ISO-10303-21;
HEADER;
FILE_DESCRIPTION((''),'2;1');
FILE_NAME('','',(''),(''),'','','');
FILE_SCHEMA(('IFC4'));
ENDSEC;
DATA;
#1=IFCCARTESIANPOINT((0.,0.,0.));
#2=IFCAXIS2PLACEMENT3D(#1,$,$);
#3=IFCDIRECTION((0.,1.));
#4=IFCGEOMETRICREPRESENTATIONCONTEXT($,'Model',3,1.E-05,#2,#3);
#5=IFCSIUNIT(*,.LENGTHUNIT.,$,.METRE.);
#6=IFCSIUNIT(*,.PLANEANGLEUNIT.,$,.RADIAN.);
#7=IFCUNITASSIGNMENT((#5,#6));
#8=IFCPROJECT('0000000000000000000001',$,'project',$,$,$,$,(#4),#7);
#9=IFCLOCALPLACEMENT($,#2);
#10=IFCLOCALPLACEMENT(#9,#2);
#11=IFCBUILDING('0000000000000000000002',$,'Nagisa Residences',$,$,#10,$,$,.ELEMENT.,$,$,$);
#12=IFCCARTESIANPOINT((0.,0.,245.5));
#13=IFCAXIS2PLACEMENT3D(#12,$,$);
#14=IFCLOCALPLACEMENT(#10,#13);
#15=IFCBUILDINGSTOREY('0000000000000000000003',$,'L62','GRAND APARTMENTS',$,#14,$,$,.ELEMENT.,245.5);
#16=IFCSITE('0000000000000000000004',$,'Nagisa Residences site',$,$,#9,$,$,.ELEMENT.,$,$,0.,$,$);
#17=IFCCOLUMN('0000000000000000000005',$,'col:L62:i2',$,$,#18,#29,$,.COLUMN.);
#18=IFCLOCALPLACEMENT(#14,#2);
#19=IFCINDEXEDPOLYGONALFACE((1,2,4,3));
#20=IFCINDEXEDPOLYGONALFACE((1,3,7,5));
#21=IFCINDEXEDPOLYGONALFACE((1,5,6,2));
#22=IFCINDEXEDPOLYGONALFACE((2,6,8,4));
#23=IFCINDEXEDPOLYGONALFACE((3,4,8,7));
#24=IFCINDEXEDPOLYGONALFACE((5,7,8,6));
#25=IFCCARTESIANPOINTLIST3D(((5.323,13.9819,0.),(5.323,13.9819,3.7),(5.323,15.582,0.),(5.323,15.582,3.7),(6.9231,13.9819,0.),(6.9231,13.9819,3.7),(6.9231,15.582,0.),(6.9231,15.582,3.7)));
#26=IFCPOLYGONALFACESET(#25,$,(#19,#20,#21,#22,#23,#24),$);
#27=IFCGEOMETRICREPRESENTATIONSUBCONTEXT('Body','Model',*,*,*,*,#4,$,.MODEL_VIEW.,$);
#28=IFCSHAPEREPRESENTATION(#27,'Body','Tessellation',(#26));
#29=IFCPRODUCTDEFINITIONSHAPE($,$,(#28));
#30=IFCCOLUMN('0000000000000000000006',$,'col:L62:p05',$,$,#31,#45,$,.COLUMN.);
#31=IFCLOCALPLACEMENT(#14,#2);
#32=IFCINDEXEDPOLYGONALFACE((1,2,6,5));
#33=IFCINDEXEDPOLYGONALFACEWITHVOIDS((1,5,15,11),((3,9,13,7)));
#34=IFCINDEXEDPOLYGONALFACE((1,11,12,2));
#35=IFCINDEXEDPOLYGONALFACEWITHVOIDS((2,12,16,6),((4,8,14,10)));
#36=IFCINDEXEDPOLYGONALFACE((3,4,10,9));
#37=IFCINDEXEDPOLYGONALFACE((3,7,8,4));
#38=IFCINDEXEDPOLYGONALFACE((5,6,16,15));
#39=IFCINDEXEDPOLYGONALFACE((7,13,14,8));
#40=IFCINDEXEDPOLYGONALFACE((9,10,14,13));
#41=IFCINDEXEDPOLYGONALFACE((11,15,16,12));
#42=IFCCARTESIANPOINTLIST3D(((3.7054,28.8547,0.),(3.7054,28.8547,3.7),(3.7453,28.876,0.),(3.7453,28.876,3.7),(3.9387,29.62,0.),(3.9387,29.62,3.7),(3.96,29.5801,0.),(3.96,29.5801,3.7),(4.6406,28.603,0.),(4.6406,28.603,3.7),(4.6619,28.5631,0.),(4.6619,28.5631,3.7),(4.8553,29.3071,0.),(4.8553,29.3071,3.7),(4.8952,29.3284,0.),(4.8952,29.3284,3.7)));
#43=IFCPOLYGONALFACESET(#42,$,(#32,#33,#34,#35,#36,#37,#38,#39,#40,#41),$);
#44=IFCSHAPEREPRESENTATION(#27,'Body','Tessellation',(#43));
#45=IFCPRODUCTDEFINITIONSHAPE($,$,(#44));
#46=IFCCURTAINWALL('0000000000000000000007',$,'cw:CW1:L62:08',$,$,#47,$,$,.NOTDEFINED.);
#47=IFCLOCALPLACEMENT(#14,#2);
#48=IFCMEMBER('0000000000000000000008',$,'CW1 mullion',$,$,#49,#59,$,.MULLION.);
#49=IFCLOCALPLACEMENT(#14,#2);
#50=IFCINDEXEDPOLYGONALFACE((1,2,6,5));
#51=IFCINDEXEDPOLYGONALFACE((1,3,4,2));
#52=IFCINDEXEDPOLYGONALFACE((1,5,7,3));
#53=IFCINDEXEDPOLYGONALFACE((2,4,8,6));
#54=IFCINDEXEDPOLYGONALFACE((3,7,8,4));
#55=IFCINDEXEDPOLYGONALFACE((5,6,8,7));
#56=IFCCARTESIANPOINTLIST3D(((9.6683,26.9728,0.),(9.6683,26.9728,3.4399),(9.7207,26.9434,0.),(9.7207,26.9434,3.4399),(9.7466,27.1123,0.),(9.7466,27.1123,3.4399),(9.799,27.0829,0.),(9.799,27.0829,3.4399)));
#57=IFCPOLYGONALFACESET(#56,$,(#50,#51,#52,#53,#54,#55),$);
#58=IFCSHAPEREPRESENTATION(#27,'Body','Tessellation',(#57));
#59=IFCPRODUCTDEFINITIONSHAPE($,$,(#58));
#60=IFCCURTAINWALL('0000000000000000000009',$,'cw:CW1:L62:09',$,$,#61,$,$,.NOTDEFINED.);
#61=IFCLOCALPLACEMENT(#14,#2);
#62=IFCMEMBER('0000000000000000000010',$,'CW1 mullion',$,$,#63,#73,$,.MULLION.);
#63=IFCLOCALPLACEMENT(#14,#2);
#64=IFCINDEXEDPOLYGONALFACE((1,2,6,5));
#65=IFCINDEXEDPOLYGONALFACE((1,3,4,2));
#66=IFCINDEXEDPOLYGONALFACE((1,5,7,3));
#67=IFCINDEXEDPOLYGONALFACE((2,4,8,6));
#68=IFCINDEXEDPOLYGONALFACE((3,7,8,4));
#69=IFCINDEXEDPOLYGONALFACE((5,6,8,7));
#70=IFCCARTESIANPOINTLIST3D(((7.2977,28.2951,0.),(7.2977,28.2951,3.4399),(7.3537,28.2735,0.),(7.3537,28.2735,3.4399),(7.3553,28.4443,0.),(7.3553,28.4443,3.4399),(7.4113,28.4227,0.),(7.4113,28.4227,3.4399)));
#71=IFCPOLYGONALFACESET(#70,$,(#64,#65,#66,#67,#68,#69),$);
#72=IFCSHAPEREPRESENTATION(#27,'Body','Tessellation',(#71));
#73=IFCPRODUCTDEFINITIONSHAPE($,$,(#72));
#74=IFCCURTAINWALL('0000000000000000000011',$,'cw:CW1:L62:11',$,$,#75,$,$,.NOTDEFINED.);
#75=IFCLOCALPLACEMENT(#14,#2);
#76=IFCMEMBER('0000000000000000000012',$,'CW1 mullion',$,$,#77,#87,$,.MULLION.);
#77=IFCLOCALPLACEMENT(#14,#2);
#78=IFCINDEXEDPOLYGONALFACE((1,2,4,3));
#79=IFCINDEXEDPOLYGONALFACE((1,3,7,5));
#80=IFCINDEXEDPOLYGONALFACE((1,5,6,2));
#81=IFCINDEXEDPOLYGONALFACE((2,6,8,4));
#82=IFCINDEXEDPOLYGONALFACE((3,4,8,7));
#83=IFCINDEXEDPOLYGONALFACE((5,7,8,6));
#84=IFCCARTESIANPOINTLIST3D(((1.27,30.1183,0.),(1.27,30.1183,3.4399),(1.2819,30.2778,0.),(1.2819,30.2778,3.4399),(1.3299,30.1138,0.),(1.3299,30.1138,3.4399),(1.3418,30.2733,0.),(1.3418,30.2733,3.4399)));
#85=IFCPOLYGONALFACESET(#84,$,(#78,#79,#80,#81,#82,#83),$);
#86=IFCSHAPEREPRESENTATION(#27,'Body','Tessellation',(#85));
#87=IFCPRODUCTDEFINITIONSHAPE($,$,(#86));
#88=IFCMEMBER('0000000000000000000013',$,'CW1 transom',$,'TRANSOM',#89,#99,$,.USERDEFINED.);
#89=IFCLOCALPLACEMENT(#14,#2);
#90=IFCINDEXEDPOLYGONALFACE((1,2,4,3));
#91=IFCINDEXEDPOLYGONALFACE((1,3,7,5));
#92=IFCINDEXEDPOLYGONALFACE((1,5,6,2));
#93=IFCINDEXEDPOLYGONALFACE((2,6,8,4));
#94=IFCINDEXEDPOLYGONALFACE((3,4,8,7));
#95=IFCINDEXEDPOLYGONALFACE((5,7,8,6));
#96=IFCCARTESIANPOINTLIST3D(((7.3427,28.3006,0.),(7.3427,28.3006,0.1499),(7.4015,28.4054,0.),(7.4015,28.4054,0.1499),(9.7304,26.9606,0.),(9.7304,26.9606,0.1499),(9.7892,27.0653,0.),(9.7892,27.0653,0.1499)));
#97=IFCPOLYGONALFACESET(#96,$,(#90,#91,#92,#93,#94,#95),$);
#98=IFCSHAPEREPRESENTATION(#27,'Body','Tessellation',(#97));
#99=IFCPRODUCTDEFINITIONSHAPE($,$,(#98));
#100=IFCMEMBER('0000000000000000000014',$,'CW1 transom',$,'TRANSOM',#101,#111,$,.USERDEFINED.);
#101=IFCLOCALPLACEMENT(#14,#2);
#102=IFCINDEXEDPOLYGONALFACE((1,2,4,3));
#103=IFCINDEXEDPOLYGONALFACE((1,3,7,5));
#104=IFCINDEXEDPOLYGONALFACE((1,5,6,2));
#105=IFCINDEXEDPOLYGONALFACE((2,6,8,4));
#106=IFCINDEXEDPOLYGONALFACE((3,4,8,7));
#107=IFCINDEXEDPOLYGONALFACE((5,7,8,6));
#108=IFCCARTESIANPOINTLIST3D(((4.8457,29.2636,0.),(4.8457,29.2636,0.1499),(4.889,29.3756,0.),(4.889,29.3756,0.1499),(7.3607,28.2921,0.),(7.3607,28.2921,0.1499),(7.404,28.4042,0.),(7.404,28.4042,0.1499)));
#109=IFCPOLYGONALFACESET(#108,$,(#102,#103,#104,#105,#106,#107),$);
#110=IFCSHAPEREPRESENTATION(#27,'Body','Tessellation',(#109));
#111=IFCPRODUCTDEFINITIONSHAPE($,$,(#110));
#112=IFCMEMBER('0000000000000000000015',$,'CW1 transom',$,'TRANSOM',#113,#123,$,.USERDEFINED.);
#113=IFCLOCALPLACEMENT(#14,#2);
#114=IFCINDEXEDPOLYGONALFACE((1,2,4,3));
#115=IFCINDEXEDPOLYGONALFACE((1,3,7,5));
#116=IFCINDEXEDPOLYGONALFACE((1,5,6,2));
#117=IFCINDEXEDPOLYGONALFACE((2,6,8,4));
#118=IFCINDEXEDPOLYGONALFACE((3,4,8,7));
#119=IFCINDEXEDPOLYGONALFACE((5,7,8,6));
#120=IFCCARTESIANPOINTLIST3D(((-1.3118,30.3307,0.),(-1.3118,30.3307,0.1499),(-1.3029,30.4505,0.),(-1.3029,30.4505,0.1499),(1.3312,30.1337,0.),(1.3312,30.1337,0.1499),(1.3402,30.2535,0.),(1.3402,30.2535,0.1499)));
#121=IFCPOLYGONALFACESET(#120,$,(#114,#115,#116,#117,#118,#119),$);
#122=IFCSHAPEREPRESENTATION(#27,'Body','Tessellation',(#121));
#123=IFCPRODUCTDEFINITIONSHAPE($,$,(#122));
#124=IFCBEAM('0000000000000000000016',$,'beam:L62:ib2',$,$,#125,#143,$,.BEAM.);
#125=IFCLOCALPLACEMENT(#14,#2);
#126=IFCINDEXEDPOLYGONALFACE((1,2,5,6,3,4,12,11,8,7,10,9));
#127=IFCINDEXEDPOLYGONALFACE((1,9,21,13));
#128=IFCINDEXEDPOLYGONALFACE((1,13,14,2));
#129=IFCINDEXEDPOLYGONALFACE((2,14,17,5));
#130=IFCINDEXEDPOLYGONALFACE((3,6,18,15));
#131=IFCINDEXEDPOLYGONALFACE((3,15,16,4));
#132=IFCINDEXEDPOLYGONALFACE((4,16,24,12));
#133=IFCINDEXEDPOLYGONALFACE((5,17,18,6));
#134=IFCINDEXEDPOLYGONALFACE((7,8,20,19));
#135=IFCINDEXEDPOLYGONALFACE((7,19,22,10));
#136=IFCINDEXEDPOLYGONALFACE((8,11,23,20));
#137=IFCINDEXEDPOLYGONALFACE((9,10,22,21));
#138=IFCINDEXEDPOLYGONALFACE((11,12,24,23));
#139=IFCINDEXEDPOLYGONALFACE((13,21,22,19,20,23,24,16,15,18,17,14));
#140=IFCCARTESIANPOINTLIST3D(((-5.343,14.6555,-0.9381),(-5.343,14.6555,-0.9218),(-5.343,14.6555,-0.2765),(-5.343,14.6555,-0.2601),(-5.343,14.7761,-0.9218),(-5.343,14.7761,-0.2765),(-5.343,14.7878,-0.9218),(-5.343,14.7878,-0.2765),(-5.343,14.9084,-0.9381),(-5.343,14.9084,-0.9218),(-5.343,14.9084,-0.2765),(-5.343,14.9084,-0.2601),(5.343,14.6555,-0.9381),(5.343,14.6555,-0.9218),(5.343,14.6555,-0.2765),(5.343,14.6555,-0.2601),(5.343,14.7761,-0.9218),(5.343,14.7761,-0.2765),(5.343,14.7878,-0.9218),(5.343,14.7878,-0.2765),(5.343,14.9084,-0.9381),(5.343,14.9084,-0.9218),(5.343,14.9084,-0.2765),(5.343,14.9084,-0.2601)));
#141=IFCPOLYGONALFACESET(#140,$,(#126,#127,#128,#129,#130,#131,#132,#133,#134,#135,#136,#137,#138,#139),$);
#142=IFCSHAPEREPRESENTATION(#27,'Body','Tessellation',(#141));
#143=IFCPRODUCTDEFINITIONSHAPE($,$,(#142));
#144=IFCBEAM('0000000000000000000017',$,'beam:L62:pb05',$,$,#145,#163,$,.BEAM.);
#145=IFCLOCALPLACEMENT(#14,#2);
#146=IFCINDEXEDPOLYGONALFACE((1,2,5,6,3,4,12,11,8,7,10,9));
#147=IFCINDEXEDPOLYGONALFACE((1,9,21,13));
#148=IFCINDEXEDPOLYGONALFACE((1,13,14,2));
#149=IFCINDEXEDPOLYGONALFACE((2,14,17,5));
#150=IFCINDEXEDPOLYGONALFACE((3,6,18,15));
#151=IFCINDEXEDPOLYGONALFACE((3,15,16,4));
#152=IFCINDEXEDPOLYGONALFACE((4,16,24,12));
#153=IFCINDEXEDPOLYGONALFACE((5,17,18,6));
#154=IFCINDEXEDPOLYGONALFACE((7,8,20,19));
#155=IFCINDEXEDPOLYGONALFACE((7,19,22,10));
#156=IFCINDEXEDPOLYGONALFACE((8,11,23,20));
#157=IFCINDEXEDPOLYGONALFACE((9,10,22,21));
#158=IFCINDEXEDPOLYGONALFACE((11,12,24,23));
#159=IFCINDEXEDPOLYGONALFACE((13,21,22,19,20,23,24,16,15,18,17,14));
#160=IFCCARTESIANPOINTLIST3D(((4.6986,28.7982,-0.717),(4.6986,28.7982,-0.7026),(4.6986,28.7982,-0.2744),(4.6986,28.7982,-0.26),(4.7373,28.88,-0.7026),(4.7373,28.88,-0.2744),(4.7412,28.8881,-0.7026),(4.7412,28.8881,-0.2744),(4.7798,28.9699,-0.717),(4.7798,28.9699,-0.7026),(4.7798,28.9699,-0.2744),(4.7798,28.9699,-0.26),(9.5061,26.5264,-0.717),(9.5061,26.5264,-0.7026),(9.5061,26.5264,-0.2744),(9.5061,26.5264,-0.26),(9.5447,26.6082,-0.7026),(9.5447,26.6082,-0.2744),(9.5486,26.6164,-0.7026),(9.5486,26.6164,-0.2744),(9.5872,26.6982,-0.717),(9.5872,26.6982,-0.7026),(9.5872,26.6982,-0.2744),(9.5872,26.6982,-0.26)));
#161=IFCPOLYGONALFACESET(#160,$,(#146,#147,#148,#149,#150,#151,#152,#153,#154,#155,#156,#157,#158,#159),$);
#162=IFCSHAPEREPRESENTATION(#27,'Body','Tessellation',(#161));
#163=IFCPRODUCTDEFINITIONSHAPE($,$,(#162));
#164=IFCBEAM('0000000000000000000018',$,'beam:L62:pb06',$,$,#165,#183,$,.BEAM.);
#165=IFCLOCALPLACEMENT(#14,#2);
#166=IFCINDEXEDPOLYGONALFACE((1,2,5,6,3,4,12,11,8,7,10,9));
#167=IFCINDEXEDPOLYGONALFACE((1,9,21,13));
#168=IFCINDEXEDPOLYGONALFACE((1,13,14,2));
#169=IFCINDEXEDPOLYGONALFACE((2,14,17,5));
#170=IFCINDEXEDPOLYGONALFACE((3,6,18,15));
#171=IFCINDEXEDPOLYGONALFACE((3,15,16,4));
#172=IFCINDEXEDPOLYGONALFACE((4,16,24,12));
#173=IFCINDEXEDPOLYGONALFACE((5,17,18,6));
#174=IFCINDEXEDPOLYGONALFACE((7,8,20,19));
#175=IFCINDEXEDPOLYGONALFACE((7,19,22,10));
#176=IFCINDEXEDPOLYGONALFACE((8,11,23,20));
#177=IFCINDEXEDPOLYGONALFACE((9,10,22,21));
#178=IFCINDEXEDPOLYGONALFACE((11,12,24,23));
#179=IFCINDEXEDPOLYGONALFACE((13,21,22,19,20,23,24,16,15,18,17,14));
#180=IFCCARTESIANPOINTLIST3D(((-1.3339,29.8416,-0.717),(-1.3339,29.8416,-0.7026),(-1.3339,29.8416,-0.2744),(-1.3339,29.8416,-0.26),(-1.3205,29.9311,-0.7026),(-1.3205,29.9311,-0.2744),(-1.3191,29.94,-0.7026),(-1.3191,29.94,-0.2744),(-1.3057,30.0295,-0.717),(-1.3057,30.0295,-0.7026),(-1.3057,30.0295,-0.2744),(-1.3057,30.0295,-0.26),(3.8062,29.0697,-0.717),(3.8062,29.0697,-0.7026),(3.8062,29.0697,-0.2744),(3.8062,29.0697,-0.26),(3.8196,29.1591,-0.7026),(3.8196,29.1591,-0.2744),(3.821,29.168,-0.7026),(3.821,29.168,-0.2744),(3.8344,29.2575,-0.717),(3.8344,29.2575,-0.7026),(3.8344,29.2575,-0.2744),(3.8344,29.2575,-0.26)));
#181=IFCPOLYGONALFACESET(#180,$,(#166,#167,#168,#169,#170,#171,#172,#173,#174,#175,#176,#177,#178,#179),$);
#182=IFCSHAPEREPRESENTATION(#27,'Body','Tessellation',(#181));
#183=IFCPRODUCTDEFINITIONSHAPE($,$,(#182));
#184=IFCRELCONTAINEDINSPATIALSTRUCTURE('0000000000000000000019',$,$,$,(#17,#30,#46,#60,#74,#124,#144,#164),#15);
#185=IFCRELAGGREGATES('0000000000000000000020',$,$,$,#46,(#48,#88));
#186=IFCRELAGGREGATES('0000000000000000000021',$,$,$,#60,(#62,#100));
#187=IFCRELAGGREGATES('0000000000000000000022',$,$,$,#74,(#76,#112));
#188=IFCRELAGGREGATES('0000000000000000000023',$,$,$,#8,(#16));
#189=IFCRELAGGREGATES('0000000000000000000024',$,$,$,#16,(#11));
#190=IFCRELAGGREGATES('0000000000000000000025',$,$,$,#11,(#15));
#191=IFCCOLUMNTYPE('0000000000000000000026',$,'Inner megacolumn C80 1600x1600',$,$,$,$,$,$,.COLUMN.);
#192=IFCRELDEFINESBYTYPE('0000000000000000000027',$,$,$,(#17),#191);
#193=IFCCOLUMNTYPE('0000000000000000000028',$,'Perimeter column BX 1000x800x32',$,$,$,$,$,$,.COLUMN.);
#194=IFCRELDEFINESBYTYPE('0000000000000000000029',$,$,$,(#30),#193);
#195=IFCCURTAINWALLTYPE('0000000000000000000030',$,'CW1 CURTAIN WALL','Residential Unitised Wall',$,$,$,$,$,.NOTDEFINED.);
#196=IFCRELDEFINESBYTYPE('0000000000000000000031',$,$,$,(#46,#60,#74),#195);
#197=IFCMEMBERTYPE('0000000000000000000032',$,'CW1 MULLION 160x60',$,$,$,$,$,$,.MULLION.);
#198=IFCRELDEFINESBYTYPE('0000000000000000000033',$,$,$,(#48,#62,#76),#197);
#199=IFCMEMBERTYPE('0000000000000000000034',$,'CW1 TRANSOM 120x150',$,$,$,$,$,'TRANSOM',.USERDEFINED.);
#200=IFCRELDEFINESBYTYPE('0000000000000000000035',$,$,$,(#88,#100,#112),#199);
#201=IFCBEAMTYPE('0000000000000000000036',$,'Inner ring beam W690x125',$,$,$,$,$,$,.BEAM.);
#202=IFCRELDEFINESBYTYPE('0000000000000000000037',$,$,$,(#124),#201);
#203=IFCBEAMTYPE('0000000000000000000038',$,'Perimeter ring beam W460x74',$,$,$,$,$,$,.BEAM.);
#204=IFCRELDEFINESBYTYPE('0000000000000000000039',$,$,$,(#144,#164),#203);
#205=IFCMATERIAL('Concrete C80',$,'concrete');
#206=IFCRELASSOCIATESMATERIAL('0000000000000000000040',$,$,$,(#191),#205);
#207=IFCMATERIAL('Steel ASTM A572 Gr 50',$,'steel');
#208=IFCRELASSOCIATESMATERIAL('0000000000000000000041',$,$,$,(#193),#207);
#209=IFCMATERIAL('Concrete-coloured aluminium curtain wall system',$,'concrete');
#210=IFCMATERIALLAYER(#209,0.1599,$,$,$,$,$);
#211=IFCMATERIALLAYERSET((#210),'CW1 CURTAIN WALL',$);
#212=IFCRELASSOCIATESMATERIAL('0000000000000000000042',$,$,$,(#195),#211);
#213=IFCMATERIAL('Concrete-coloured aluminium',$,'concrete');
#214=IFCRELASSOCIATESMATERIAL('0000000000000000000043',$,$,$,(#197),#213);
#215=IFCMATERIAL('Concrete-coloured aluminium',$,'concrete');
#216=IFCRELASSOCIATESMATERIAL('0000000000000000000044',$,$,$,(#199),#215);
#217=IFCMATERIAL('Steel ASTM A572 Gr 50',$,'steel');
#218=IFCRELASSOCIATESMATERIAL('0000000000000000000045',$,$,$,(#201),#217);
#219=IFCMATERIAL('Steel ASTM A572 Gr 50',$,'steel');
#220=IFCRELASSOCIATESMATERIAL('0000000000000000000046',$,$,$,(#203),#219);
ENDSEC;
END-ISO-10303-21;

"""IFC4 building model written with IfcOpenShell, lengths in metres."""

from ifc_helpers import new_model, si_unit, direction, frame, origin, origin_2d, place, context, subcontext, project, spatial, rectangle, hollow_rectangle, i_section, extrude, material, layer, layer_set, material_profile, profile_set, type_object, element, aggregate, save


model = new_model("IFC4")

# Units and contexts
model_context = context("Model", 3, precision=1e-05, world=origin(), true_north=direction((0.0, 1.0)))
body_context = subcontext(model_context, "Body", "Model", "MODEL_VIEW")
ifc_project = project(units=[si_unit("LENGTHUNIT", "METRE"), si_unit("PLANEANGLEUNIT", "RADIAN")], contexts=[model_context])

# Site, building, storey
site_placement = place(None, origin())
site = spatial("IfcSite", under=ifc_project, at=site_placement, Name="Nagisa Residences site", CompositionType="ELEMENT", RefElevation=0.0)
building_placement = place(site_placement, origin())
building = spatial("IfcBuilding", under=site, at=building_placement, Name="Nagisa Residences", CompositionType="ELEMENT")
storey_placement = place(building_placement, frame((0.0, 0.0, 245.5)))
storey = spatial("IfcBuildingStorey", under=building, at=storey_placement, Name="L62", Description="GRAND APARTMENTS", CompositionType="ELEMENT", Elevation=245.5)

# Columns
ifc_material_1 = material(Name="Concrete C80", Category="concrete")
ifc_material_profile_1 = material_profile(ifc_material_1, rectangle(XDim=1.6001, YDim=1.6001, at=origin_2d()), Name="C80 1600x1600")
ifc_profile_set_1 = profile_set([ifc_material_profile_1], Name="Concrete C80")
column_type_1 = type_object("IfcColumnType", Name="Inner megacolumn C80 1600x1600", PredefinedType="COLUMN", material=ifc_profile_set_1)
column_1_placement = place(storey_placement, frame((6.123, 14.782, 0.0), z_axis=(0.0, 0.0, 1.0), x_axis=(1.0, 0.0, 0.0)))
element("IfcColumn", 1, at=column_1_placement, inside=storey, type_object=column_type_1, Name="col:L62:i2", PredefinedType="COLUMN", context=body_context, shape_type="SweptSolid", body=[
    extrude(rectangle(XDim=1.6001, YDim=1.6001, at=origin_2d()), origin(), (0.0, 0.0, 1.0), 3.7),
])
ifc_material_2 = material(Name="Steel ASTM A572 Gr 50", Category="steel")
ifc_material_profile_2 = material_profile(ifc_material_2, hollow_rectangle(XDim=1.0, YDim=0.8, WallThickness=0.032, at=origin_2d()), Name="BX 1000x800x32")
ifc_profile_set_2 = profile_set([ifc_material_profile_2], Name="Steel ASTM A572 Gr 50")
column_type_2 = type_object("IfcColumnType", Name="Perimeter column BX 1000x800x32", PredefinedType="COLUMN", material=ifc_profile_set_2)
column_2_placement = place(storey_placement, frame((4.3003, 29.0916, 0.0), z_axis=(0.0, 0.0, 1.0), x_axis=(-0.956525, 0.291652, 0.0)))
element("IfcColumn", 2, at=column_2_placement, inside=storey, type_object=column_type_2, Name="col:L62:p05", PredefinedType="COLUMN", context=body_context, shape_type="SweptSolid", body=[
    extrude(hollow_rectangle(XDim=1.0, YDim=0.8, WallThickness=0.032, at=origin_2d()), origin(), (0.0, 0.0, 1.0), 3.7),
])

# Curtain walls, members
ifc_material_3 = material(Name="Concrete-coloured aluminium curtain wall system", Category="concrete")
ifc_layer_1 = layer(ifc_material_3, 0.1599)
ifc_layer_set_1 = layer_set([ifc_layer_1], Name="CW1 CURTAIN WALL")
curtain_wall_type = type_object("IfcCurtainWallType", Name="CW1 CURTAIN WALL", Description="Residential Unitised Wall", PredefinedType="NOTDEFINED", material=ifc_layer_set_1)
curtain_wall_1_placement = place(storey_placement, origin())
curtain_wall_1 = element("IfcCurtainWall", 3, at=curtain_wall_1_placement, inside=storey, type_object=curtain_wall_type, Name="cw:CW1:L62:08", PredefinedType="NOTDEFINED")
ifc_material_4 = material(Name="Concrete-coloured aluminium", Category="concrete")
ifc_material_profile_3 = material_profile(ifc_material_4, rectangle(XDim=0.1599, YDim=0.0601, at=origin_2d()), Name="CW1 MULLION 160x60")
ifc_profile_set_3 = profile_set([ifc_material_profile_3], Name="Concrete-coloured aluminium")
member_type_1 = type_object("IfcMemberType", Name="CW1 MULLION 160x60", PredefinedType="MULLION", material=ifc_profile_set_3)
member_1_placement = place(storey_placement, frame((9.7336, 27.0278, 0.0), z_axis=(0.0, 0.0, 1.0), x_axis=(-0.489377, -0.872072, 0.0)))
member_1 = element("IfcMember", 4, at=member_1_placement, type_object=member_type_1, Name="CW1 mullion", PredefinedType="MULLION", context=body_context, shape_type="SweptSolid", body=[
    extrude(rectangle(XDim=0.1599, YDim=0.0601, at=origin_2d()), origin(), (0.0, 0.0, 1.0), 3.4399),
])
curtain_wall_2_placement = place(storey_placement, origin())
curtain_wall_2 = element("IfcCurtainWall", 5, at=curtain_wall_2_placement, inside=storey, type_object=curtain_wall_type, Name="cw:CW1:L62:09", PredefinedType="NOTDEFINED")
member_2_placement = place(storey_placement, frame((7.3545, 28.3589, 0.0), z_axis=(0.0, 0.0, 1.0), x_axis=(-0.360328, -0.932826, 0.0)))
member_2 = element("IfcMember", 6, at=member_2_placement, type_object=member_type_1, Name="CW1 mullion", PredefinedType="MULLION", context=body_context, shape_type="SweptSolid", body=[
    extrude(rectangle(XDim=0.1599, YDim=0.0601, at=origin_2d()), origin(), (0.0, 0.0, 1.0), 3.4399),
])
curtain_wall_3_placement = place(storey_placement, origin())
curtain_wall_3 = element("IfcCurtainWall", 7, at=curtain_wall_3_placement, inside=storey, type_object=curtain_wall_type, Name="cw:CW1:L62:11", PredefinedType="NOTDEFINED")
member_3_placement = place(storey_placement, frame((1.3059, 30.1958, 0.0), z_axis=(0.0, 0.0, 1.0), x_axis=(-0.074377, -0.99723, 0.0)))
member_3 = element("IfcMember", 8, at=member_3_placement, type_object=member_type_1, Name="CW1 mullion", PredefinedType="MULLION", context=body_context, shape_type="SweptSolid", body=[
    extrude(rectangle(XDim=0.1599, YDim=0.0601, at=origin_2d()), origin(), (0.0, 0.0, 1.0), 3.4399),
])

# Members
ifc_material_5 = material(Name="Concrete-coloured aluminium", Category="concrete")
ifc_material_profile_4 = material_profile(ifc_material_5, rectangle(XDim=0.1201, YDim=0.1499, at=origin_2d()), Name="CW1 TRANSOM 120x150")
ifc_profile_set_4 = profile_set([ifc_material_profile_4], Name="Concrete-coloured aluminium")
member_type_2 = type_object("IfcMemberType", Name="CW1 TRANSOM 120x150", ElementType="TRANSOM", PredefinedType="USERDEFINED", material=ifc_profile_set_4)
member_4_placement = place(storey_placement, frame((9.7598, 27.0129, 0.075), z_axis=(-0.872042, 0.489431, 0.0), x_axis=(-0.489431, -0.872042, 0.0)))
member_4 = element("IfcMember", 9, at=member_4_placement, type_object=member_type_2, Name="CW1 transom", ObjectType="TRANSOM", PredefinedType="USERDEFINED", context=body_context, shape_type="SweptSolid", body=[
    extrude(rectangle(XDim=0.1201, YDim=0.1499, at=origin_2d()), origin(), (0.0, 0.0, 1.0), 2.738),
])
member_5_placement = place(storey_placement, frame((7.3823, 28.3481, 0.075), z_axis=(-0.932826, 0.360326, 0.0), x_axis=(-0.360326, -0.932826, 0.0)))
member_5 = element("IfcMember", 10, at=member_5_placement, type_object=member_type_2, Name="CW1 transom", ObjectType="TRANSOM", PredefinedType="USERDEFINED", context=body_context, shape_type="SweptSolid", body=[
    extrude(rectangle(XDim=0.1201, YDim=0.1499, at=origin_2d()), origin(), (0.0, 0.0, 1.0), 2.696),
])
member_6_placement = place(storey_placement, frame((1.3357, 30.1936, 0.075), z_axis=(-0.997233, 0.074337, 0.0), x_axis=(-0.074337, -0.997233, 0.0)))
member_6 = element("IfcMember", 11, at=member_6_placement, type_object=member_type_2, Name="CW1 transom", ObjectType="TRANSOM", PredefinedType="USERDEFINED", context=body_context, shape_type="SweptSolid", body=[
    extrude(rectangle(XDim=0.1201, YDim=0.1499, at=origin_2d()), origin(), (0.0, 0.0, 1.0), 2.6504),
])

# Beams
ifc_material_6 = material(Name="Steel ASTM A572 Gr 50", Category="steel")
ifc_material_profile_5 = material_profile(ifc_material_6, i_section(OverallWidth=0.2529, OverallDepth=0.678, WebThickness=0.0117, FlangeThickness=0.0164, at=origin_2d()), Name="W690x125")
ifc_profile_set_5 = profile_set([ifc_material_profile_5], Name="Steel ASTM A572 Gr 50")
beam_type_1 = type_object("IfcBeamType", Name="Inner ring beam W690x125", PredefinedType="BEAM", material=ifc_profile_set_5)
beam_1_placement = place(storey_placement, frame((5.343, 14.782, -0.5991), z_axis=(-1.0, 0.0, 0.0), x_axis=(0.0, -1.0, 0.0)))
element("IfcBeam", 12, at=beam_1_placement, inside=storey, type_object=beam_type_1, Name="beam:L62:ib2", PredefinedType="BEAM", context=body_context, shape_type="SweptSolid", body=[
    extrude(i_section(OverallWidth=0.2529, OverallDepth=0.678, WebThickness=0.0117, FlangeThickness=0.0164, at=origin_2d()), origin(), (0.0, 0.0, 1.0), 10.686),
])
ifc_material_7 = material(Name="Steel ASTM A572 Gr 50", Category="steel")
ifc_material_profile_6 = material_profile(ifc_material_7, i_section(OverallWidth=0.1899, OverallDepth=0.457, WebThickness=0.009, FlangeThickness=0.0144, at=origin_2d()), Name="W460x74")
ifc_profile_set_6 = profile_set([ifc_material_profile_6], Name="Steel ASTM A572 Gr 50")
beam_type_2 = type_object("IfcBeamType", Name="Perimeter ring beam W460x74", PredefinedType="BEAM", material=ifc_profile_set_6)
beam_2_placement = place(storey_placement, frame((9.5466, 26.6123, -0.4885), z_axis=(-0.904134, 0.427249, 0.0), x_axis=(-0.427249, -0.904134, 0.0)))
element("IfcBeam", 13, at=beam_2_placement, inside=storey, type_object=beam_type_2, Name="beam:L62:pb05", PredefinedType="BEAM", context=body_context, shape_type="SweptSolid", body=[
    extrude(i_section(OverallWidth=0.1899, OverallDepth=0.457, WebThickness=0.009, FlangeThickness=0.0144, at=origin_2d()), origin(), (0.0, 0.0, 1.0), 5.3171),
])
beam_3_placement = place(storey_placement, frame((3.8203, 29.1636, -0.4885), z_axis=(-0.988909, 0.14852, 0.0), x_axis=(-0.14852, -0.988909, 0.0)))
element("IfcBeam", 14, at=beam_3_placement, inside=storey, type_object=beam_type_2, Name="beam:L62:pb06", PredefinedType="BEAM", context=body_context, shape_type="SweptSolid", body=[
    extrude(i_section(OverallWidth=0.1899, OverallDepth=0.457, WebThickness=0.009, FlangeThickness=0.0144, at=origin_2d()), origin(), (0.0, 0.0, 1.0), 5.1978),
])

aggregate(curtain_wall_1, [member_1, member_4])
aggregate(curtain_wall_2, [member_2, member_5])
aggregate(curtain_wall_3, [member_3, member_6])

save(model, "model.ifc")
